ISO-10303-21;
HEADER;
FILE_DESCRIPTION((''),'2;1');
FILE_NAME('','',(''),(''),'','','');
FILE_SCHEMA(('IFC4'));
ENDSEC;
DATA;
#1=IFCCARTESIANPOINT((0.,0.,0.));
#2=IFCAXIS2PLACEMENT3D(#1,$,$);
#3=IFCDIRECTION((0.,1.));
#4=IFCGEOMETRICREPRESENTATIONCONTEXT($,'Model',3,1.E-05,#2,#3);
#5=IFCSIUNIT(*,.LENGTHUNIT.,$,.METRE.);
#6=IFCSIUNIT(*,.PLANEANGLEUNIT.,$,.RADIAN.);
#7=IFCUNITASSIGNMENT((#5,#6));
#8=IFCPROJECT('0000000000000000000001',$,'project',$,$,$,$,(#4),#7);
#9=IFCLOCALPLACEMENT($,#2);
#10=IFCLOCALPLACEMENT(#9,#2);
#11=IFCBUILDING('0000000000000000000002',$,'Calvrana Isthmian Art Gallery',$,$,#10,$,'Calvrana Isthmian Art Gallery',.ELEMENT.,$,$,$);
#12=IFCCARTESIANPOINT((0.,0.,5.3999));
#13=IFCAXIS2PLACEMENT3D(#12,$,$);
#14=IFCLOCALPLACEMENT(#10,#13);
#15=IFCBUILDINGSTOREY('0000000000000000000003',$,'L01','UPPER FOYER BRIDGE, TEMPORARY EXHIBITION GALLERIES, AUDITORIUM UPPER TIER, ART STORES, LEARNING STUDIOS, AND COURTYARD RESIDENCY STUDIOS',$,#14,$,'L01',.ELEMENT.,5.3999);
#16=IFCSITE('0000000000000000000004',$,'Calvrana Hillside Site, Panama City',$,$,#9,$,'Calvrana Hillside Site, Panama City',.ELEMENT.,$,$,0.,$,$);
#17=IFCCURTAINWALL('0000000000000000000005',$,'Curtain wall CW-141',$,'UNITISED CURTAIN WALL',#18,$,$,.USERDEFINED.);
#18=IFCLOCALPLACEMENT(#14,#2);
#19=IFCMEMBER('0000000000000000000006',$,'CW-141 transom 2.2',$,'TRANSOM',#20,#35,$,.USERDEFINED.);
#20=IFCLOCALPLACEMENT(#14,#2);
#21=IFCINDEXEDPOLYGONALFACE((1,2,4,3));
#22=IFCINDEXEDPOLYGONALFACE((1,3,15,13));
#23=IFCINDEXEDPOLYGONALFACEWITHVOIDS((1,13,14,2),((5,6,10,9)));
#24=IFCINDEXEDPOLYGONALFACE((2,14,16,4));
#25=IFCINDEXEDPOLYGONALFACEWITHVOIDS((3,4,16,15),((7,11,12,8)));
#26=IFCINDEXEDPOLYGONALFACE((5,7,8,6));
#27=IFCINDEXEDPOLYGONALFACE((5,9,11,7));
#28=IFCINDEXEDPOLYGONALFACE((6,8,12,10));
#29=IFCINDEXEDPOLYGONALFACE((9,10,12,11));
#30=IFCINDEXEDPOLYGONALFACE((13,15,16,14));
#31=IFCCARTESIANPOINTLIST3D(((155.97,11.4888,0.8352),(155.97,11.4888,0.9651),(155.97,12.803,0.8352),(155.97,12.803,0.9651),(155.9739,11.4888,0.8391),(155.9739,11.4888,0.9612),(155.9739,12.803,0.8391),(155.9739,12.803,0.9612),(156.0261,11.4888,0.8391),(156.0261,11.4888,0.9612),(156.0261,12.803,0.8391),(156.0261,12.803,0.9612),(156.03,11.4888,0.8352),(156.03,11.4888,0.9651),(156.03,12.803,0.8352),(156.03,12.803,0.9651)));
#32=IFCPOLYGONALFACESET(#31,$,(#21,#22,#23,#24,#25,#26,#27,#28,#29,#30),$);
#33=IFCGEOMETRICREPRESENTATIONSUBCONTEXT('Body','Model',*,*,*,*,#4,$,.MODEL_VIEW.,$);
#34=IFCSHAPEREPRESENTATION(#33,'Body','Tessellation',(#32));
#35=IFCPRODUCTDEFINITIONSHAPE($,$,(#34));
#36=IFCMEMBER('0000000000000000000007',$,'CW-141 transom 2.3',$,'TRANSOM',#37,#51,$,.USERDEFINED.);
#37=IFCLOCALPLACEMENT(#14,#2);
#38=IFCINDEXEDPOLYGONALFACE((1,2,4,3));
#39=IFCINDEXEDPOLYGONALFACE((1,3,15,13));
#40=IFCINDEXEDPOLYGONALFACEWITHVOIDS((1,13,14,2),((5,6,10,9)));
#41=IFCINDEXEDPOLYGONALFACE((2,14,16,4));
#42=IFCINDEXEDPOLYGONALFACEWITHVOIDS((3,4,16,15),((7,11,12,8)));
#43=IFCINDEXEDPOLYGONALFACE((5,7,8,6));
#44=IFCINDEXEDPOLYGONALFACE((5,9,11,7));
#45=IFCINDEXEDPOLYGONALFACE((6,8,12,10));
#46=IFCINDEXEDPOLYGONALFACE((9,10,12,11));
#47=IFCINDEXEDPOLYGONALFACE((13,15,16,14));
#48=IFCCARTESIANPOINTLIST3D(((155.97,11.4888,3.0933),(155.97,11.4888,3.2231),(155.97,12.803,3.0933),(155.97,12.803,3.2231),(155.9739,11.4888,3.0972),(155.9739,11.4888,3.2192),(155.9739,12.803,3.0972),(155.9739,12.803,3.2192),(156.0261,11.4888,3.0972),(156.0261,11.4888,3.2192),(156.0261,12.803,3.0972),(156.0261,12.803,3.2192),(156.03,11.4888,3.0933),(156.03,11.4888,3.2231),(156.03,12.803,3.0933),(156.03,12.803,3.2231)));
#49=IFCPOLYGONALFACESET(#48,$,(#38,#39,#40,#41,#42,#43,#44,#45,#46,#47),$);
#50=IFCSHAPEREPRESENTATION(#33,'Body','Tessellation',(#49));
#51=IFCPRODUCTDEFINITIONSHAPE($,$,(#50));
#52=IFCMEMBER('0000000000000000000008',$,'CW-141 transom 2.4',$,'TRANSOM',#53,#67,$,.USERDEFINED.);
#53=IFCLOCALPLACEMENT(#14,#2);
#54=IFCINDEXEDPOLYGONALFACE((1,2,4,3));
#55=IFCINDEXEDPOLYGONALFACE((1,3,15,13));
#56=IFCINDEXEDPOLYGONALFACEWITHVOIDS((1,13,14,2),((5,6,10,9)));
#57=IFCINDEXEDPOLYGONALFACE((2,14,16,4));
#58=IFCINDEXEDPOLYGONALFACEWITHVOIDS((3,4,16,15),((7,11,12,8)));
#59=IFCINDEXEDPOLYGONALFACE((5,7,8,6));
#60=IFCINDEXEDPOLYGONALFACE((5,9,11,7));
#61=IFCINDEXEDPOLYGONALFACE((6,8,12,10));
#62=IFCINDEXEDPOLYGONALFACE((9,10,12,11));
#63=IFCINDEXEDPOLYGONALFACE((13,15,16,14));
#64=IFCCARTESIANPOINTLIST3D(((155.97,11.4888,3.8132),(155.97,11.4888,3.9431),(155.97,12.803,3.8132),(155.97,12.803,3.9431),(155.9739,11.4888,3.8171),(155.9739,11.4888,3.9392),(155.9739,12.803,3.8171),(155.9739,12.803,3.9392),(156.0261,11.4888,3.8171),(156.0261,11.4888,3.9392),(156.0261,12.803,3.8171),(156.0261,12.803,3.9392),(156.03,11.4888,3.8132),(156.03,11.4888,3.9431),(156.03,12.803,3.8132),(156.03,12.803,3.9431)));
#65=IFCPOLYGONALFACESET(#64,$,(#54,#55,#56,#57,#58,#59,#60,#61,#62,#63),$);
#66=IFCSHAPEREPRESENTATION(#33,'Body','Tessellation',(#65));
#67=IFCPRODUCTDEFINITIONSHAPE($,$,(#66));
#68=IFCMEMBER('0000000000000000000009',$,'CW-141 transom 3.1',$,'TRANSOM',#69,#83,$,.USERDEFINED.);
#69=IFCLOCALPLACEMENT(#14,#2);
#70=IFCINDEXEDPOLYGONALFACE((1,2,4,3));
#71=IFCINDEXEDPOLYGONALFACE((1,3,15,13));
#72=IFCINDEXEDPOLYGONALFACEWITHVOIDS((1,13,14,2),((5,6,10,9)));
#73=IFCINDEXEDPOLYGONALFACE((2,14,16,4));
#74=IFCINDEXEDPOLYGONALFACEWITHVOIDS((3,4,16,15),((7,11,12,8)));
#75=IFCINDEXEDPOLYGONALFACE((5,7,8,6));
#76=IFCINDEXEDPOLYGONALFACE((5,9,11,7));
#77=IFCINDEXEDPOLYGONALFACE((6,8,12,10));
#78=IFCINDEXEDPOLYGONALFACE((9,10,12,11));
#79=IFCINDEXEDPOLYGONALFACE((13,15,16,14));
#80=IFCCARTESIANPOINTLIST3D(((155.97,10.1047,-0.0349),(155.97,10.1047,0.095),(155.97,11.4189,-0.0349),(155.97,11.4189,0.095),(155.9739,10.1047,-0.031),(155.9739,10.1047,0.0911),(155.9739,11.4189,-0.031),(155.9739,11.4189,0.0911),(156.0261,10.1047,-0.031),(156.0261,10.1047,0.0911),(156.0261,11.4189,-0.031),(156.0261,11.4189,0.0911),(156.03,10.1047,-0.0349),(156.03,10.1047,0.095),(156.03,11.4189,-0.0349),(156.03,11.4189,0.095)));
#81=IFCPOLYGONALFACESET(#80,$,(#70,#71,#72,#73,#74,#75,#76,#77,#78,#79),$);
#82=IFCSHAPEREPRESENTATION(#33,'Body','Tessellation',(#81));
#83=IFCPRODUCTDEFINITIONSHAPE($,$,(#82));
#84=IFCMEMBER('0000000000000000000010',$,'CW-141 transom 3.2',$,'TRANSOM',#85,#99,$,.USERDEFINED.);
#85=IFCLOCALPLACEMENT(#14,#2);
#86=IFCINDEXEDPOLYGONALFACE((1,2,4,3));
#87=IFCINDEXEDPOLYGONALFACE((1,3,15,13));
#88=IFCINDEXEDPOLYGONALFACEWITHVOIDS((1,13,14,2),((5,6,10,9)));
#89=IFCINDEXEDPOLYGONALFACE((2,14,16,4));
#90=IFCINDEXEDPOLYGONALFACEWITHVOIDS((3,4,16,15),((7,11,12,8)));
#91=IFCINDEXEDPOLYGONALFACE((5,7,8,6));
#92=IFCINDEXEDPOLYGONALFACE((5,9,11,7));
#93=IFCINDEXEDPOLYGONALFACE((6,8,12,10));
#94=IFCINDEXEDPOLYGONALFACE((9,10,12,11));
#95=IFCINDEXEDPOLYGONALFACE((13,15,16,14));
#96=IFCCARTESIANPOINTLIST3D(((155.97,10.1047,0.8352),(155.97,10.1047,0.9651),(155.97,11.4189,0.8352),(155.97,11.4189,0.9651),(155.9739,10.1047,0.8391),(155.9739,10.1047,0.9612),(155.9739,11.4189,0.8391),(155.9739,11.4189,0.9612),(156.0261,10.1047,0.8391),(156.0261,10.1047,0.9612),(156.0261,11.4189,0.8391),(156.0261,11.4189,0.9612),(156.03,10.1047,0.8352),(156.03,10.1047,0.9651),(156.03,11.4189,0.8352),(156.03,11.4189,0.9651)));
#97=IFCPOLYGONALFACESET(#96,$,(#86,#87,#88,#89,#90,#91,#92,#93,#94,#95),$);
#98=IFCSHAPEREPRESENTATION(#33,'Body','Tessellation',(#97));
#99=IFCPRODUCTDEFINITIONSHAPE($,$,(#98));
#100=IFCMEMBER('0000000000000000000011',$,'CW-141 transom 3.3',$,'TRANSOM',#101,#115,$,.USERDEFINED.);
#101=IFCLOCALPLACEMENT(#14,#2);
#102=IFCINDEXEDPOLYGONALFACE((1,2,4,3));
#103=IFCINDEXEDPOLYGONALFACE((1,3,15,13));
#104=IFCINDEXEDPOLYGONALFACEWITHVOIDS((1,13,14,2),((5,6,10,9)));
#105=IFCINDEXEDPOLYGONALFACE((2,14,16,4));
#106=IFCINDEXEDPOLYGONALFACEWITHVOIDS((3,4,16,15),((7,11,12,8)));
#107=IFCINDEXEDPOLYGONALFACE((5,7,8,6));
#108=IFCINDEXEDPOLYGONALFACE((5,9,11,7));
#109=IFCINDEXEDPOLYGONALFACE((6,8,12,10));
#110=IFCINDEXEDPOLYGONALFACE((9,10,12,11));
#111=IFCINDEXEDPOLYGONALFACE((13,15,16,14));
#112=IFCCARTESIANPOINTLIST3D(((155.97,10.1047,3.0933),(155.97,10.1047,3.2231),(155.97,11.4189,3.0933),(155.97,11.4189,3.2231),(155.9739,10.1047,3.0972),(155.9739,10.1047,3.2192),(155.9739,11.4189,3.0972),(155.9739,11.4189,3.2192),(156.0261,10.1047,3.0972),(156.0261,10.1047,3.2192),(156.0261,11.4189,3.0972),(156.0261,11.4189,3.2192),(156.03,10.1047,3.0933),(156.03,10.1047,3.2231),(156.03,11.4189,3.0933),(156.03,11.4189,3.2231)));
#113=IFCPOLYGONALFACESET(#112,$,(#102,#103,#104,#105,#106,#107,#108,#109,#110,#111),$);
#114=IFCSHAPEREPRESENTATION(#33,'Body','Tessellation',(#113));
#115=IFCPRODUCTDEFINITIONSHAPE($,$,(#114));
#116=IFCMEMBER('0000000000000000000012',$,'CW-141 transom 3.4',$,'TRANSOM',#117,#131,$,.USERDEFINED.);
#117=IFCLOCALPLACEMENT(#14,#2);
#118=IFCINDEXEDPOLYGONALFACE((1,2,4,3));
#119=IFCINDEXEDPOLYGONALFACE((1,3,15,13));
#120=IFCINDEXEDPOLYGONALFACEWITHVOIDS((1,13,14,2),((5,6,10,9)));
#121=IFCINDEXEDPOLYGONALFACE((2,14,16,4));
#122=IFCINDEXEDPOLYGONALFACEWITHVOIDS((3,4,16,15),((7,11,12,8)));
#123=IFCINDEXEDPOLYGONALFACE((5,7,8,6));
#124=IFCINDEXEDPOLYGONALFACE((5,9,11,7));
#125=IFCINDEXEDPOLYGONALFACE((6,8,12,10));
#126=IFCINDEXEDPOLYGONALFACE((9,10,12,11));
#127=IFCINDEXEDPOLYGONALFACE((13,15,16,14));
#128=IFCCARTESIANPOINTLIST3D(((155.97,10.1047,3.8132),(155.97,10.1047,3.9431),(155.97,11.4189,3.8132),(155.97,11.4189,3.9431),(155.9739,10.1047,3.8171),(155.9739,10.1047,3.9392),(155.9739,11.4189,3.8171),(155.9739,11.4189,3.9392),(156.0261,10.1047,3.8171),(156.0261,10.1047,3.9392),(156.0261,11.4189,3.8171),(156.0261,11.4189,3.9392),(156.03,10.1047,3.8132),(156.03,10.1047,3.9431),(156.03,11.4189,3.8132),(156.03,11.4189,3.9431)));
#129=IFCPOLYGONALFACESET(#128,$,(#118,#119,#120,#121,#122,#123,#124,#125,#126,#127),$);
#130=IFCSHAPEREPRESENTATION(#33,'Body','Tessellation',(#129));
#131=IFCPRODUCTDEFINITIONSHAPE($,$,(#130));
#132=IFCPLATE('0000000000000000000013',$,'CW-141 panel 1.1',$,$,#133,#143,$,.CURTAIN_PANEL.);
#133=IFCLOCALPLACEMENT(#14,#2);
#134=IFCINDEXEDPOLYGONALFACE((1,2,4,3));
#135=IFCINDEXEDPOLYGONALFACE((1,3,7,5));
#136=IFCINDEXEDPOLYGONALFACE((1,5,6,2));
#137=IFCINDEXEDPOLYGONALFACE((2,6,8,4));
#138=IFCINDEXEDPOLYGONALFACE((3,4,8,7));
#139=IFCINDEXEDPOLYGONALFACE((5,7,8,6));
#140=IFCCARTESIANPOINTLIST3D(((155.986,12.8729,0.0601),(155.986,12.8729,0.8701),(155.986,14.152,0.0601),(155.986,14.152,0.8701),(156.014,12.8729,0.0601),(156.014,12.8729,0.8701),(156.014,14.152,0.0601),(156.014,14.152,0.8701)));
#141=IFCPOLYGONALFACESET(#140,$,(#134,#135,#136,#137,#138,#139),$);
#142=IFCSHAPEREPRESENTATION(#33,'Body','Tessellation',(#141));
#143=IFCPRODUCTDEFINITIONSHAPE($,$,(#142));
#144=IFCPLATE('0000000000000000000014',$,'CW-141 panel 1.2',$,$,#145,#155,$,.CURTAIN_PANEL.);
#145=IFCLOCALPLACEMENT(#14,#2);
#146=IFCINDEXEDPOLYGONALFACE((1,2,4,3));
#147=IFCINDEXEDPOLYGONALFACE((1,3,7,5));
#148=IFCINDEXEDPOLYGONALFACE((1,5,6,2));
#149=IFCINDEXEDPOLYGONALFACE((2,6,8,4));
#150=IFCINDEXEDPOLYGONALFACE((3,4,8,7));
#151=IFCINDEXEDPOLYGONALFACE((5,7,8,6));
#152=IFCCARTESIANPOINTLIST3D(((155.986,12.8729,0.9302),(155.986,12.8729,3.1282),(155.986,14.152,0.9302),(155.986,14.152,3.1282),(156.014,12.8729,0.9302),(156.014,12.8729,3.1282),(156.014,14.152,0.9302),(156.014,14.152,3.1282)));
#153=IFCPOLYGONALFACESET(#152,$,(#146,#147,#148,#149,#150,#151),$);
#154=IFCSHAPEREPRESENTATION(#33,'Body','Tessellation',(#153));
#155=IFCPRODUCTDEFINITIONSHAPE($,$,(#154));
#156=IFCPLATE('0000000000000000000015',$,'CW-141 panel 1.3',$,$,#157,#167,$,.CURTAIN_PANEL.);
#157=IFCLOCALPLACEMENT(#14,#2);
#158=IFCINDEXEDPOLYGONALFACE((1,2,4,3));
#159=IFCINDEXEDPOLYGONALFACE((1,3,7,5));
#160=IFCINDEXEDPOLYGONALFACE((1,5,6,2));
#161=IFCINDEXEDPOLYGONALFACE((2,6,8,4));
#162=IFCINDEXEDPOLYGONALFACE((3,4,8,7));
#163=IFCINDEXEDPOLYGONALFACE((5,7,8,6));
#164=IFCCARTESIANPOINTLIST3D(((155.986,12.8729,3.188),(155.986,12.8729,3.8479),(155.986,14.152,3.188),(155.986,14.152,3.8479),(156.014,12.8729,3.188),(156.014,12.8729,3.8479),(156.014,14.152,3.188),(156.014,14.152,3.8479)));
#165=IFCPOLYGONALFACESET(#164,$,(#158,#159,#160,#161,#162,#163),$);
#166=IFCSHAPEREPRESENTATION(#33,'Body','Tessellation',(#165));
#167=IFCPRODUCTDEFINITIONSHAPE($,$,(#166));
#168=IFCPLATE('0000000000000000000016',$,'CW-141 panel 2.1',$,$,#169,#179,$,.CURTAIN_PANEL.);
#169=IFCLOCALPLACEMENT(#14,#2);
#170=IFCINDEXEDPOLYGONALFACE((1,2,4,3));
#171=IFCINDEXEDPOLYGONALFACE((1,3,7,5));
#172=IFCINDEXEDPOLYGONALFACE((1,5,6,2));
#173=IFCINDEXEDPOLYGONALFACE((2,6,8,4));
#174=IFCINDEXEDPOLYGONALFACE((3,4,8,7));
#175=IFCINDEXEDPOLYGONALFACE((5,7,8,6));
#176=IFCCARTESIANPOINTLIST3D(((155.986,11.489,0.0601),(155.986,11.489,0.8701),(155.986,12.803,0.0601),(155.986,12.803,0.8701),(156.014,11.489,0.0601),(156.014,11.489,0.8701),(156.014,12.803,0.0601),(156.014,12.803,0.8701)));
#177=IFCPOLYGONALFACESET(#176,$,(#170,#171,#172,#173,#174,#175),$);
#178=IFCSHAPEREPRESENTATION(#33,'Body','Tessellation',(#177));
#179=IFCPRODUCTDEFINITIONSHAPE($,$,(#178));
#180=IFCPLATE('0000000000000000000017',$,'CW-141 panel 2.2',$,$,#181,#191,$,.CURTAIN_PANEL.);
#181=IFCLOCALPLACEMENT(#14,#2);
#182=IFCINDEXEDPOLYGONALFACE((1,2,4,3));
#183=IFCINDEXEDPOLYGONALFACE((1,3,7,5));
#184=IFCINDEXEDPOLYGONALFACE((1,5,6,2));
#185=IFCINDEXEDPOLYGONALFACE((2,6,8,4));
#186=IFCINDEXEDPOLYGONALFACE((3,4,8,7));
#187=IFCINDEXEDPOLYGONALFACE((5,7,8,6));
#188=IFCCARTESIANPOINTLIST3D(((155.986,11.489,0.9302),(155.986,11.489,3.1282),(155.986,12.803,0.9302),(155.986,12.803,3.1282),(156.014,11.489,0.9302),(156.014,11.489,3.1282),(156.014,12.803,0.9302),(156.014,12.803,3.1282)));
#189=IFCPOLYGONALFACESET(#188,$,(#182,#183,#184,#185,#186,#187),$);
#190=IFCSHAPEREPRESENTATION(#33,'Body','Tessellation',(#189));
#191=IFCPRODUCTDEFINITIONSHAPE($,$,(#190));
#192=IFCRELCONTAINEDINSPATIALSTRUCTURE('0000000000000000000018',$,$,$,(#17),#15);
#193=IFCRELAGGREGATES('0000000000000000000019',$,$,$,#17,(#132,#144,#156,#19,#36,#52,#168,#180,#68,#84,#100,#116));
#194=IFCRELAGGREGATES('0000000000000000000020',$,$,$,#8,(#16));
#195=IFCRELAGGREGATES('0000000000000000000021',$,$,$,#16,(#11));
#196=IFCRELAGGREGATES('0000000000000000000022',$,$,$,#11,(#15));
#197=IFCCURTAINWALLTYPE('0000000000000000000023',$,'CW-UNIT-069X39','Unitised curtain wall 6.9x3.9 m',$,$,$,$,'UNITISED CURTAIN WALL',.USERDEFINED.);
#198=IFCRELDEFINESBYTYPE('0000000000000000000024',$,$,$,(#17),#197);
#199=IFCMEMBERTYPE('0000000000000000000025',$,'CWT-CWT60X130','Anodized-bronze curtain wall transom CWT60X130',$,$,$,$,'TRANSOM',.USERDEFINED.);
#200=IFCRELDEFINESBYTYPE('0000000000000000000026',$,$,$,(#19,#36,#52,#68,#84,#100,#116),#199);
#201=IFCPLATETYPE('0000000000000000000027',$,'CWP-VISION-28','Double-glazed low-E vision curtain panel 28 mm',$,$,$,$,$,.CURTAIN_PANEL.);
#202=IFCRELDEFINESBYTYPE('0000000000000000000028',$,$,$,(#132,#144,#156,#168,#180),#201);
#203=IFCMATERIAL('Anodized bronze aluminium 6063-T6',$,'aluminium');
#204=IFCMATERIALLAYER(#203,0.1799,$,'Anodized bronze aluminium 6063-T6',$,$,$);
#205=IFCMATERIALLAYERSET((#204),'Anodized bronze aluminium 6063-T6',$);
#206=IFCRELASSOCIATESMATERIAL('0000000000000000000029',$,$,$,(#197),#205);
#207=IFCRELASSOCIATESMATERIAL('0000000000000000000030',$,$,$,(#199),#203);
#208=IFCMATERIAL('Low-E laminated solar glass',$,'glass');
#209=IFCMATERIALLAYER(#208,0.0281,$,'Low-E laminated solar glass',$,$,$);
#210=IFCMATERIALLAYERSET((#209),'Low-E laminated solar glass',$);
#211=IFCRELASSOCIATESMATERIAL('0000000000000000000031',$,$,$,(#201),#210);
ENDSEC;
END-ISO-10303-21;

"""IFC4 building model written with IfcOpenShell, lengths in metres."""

from ifc_helpers import new_model, si_unit, direction, frame, origin, origin_2d, place, context, subcontext, project, spatial, rectangle, hollow_rectangle, extrude, material, layer, layer_set, material_profile, profile_set, type_object, element, aggregate, save


model = new_model("IFC4")

# Units and contexts
model_context = context("Model", 3, precision=1e-05, world=origin(), true_north=direction((0.0, 1.0)))
body_context = subcontext(model_context, "Body", "Model", "MODEL_VIEW")
ifc_project = project(units=[si_unit("LENGTHUNIT", "METRE"), si_unit("PLANEANGLEUNIT", "RADIAN")], contexts=[model_context])

# Site, building, storey
site_placement = place(None, origin())
site = spatial("IfcSite", under=ifc_project, at=site_placement, Name="Calvrana Hillside Site, Panama City", LongName="Calvrana Hillside Site, Panama City", CompositionType="ELEMENT", RefElevation=0.0)
building_placement = place(site_placement, origin())
building = spatial("IfcBuilding", under=site, at=building_placement, Name="Calvrana Isthmian Art Gallery", LongName="Calvrana Isthmian Art Gallery", CompositionType="ELEMENT")
storey_placement = place(building_placement, frame((0.0, 0.0, 5.3999)))
storey = spatial("IfcBuildingStorey", under=building, at=storey_placement, Name="L01", Description="UPPER FOYER BRIDGE, TEMPORARY EXHIBITION GALLERIES, AUDITORIUM UPPER TIER, ART STORES, LEARNING STUDIOS, AND COURTYARD RESIDENCY STUDIOS", LongName="L01", CompositionType="ELEMENT", Elevation=5.3999)

# Curtain wall, members, plates
ifc_material_1 = material(Name="Anodized bronze aluminium 6063-T6", Category="aluminium")
ifc_layer_1 = layer(ifc_material_1, 0.1799, Name="Anodized bronze aluminium 6063-T6")
ifc_layer_set_1 = layer_set([ifc_layer_1], Name="Anodized bronze aluminium 6063-T6")
curtain_wall_type = type_object("IfcCurtainWallType", Name="CW-UNIT-069X39", Description="Unitised curtain wall 6.9x3.9 m", ElementType="UNITISED CURTAIN WALL", PredefinedType="USERDEFINED", material=ifc_layer_set_1)
curtain_wall_placement = place(storey_placement, origin())
curtain_wall = element("IfcCurtainWall", 1, at=curtain_wall_placement, inside=storey, type_object=curtain_wall_type, Name="Curtain wall CW-141", ObjectType="UNITISED CURTAIN WALL", PredefinedType="USERDEFINED")
ifc_material_profile_1 = material_profile(ifc_material_1, hollow_rectangle(XDim=0.0601, YDim=0.1299, WallThickness=0.0039, at=origin_2d()), Name="CWT60X130")
ifc_profile_set_1 = profile_set([ifc_material_profile_1], Name="Anodized bronze aluminium 6063-T6")
member_type_1 = type_object("IfcMemberType", Name="CWT-CWT60X130", Description="Anodized-bronze curtain wall transom CWT60X130", ElementType="TRANSOM", PredefinedType="USERDEFINED", material=ifc_profile_set_1)
member_1_placement = place(storey_placement, frame((156.0, 12.803, 0.9001), z_axis=(0.0, -1.0, 0.0), x_axis=(1.0, 0.0, 0.0)))
member_1 = element("IfcMember", 2, at=member_1_placement, type_object=member_type_1, Name="CW-141 transom 2.2", ObjectType="TRANSOM", PredefinedType="USERDEFINED", context=body_context, shape_type="SweptSolid", body=[
    extrude(hollow_rectangle(XDim=0.0601, YDim=0.1299, WallThickness=0.0039, at=origin_2d()), origin(), (0.0, 0.0, 1.0), 1.3142),
])
member_2_placement = place(storey_placement, frame((156.0, 12.803, 3.1582), z_axis=(0.0, -1.0, 0.0), x_axis=(1.0, 0.0, 0.0)))
member_2 = element("IfcMember", 3, at=member_2_placement, type_object=member_type_1, Name="CW-141 transom 2.3", ObjectType="TRANSOM", PredefinedType="USERDEFINED", context=body_context, shape_type="SweptSolid", body=[
    extrude(hollow_rectangle(XDim=0.0601, YDim=0.1299, WallThickness=0.0039, at=origin_2d()), origin(), (0.0, 0.0, 1.0), 1.3142),
])
member_3_placement = place(storey_placement, frame((156.0, 12.803, 3.8782), z_axis=(0.0, -1.0, 0.0), x_axis=(1.0, 0.0, 0.0)))
member_3 = element("IfcMember", 4, at=member_3_placement, type_object=member_type_1, Name="CW-141 transom 2.4", ObjectType="TRANSOM", PredefinedType="USERDEFINED", context=body_context, shape_type="SweptSolid", body=[
    extrude(hollow_rectangle(XDim=0.0601, YDim=0.1299, WallThickness=0.0039, at=origin_2d()), origin(), (0.0, 0.0, 1.0), 1.3142),
])
member_4_placement = place(storey_placement, frame((156.0, 11.4189, 0.03), z_axis=(0.0, -1.0, 0.0), x_axis=(1.0, 0.0, 0.0)))
member_4 = element("IfcMember", 5, at=member_4_placement, type_object=member_type_1, Name="CW-141 transom 3.1", ObjectType="TRANSOM", PredefinedType="USERDEFINED", context=body_context, shape_type="SweptSolid", body=[
    extrude(hollow_rectangle(XDim=0.0601, YDim=0.1299, WallThickness=0.0039, at=origin_2d()), origin(), (0.0, 0.0, 1.0), 1.3142),
])
member_5_placement = place(storey_placement, frame((156.0, 11.4189, 0.9001), z_axis=(0.0, -1.0, 0.0), x_axis=(1.0, 0.0, 0.0)))
member_5 = element("IfcMember", 6, at=member_5_placement, type_object=member_type_1, Name="CW-141 transom 3.2", ObjectType="TRANSOM", PredefinedType="USERDEFINED", context=body_context, shape_type="SweptSolid", body=[
    extrude(hollow_rectangle(XDim=0.0601, YDim=0.1299, WallThickness=0.0039, at=origin_2d()), origin(), (0.0, 0.0, 1.0), 1.3142),
])
member_6_placement = place(storey_placement, frame((156.0, 11.4189, 3.1582), z_axis=(0.0, -1.0, 0.0), x_axis=(1.0, 0.0, 0.0)))
member_6 = element("IfcMember", 7, at=member_6_placement, type_object=member_type_1, Name="CW-141 transom 3.3", ObjectType="TRANSOM", PredefinedType="USERDEFINED", context=body_context, shape_type="SweptSolid", body=[
    extrude(hollow_rectangle(XDim=0.0601, YDim=0.1299, WallThickness=0.0039, at=origin_2d()), origin(), (0.0, 0.0, 1.0), 1.3142),
])
member_7_placement = place(storey_placement, frame((156.0, 11.4189, 3.8782), z_axis=(0.0, -1.0, 0.0), x_axis=(1.0, 0.0, 0.0)))
member_7 = element("IfcMember", 8, at=member_7_placement, type_object=member_type_1, Name="CW-141 transom 3.4", ObjectType="TRANSOM", PredefinedType="USERDEFINED", context=body_context, shape_type="SweptSolid", body=[
    extrude(hollow_rectangle(XDim=0.0601, YDim=0.1299, WallThickness=0.0039, at=origin_2d()), origin(), (0.0, 0.0, 1.0), 1.3142),
])
ifc_material_2 = material(Name="Low-E laminated solar glass", Category="glass")
ifc_layer_2 = layer(ifc_material_2, 0.0281, Name="Low-E laminated solar glass")
ifc_layer_set_2 = layer_set([ifc_layer_2], Name="Low-E laminated solar glass")
plate_type = type_object("IfcPlateType", Name="CWP-VISION-28", Description="Double-glazed low-E vision curtain panel 28 mm", PredefinedType="CURTAIN_PANEL", material=ifc_layer_set_2)
plate_1_placement = place(storey_placement, frame((156.0, 13.5125, 0.0601), z_axis=(0.0, 0.0, 1.0), x_axis=(0.0, -1.0, 0.0)))
plate_1 = element("IfcPlate", 9, at=plate_1_placement, type_object=plate_type, Name="CW-141 panel 1.1", PredefinedType="CURTAIN_PANEL", context=body_context, shape_type="SweptSolid", body=[
    extrude(rectangle(XDim=1.2791, YDim=0.0281, at=origin_2d()), origin(), (0.0, 0.0, 1.0), 0.8101),
])
plate_2_placement = place(storey_placement, frame((156.0, 13.5125, 0.9302), z_axis=(0.0, 0.0, 1.0), x_axis=(0.0, -1.0, 0.0)))
plate_2 = element("IfcPlate", 10, at=plate_2_placement, type_object=plate_type, Name="CW-141 panel 1.2", PredefinedType="CURTAIN_PANEL", context=body_context, shape_type="SweptSolid", body=[
    extrude(rectangle(XDim=1.2791, YDim=0.0281, at=origin_2d()), origin(), (0.0, 0.0, 1.0), 2.198),
])
plate_3_placement = place(storey_placement, frame((156.0, 13.5125, 3.188), z_axis=(0.0, 0.0, 1.0), x_axis=(0.0, -1.0, 0.0)))
plate_3 = element("IfcPlate", 11, at=plate_3_placement, type_object=plate_type, Name="CW-141 panel 1.3", PredefinedType="CURTAIN_PANEL", context=body_context, shape_type="SweptSolid", body=[
    extrude(rectangle(XDim=1.2791, YDim=0.0281, at=origin_2d()), origin(), (0.0, 0.0, 1.0), 0.6599),
])
plate_4_placement = place(storey_placement, frame((156.0, 12.146, 0.0601), z_axis=(0.0, 0.0, 1.0), x_axis=(0.0, -1.0, 0.0)))
plate_4 = element("IfcPlate", 12, at=plate_4_placement, type_object=plate_type, Name="CW-141 panel 2.1", PredefinedType="CURTAIN_PANEL", context=body_context, shape_type="SweptSolid", body=[
    extrude(rectangle(XDim=1.314, YDim=0.0281, at=origin_2d()), origin(), (0.0, 0.0, 1.0), 0.8101),
])
plate_5_placement = place(storey_placement, frame((156.0, 12.146, 0.9302), z_axis=(0.0, 0.0, 1.0), x_axis=(0.0, -1.0, 0.0)))
plate_5 = element("IfcPlate", 13, at=plate_5_placement, type_object=plate_type, Name="CW-141 panel 2.2", PredefinedType="CURTAIN_PANEL", context=body_context, shape_type="SweptSolid", body=[
    extrude(rectangle(XDim=1.314, YDim=0.0281, at=origin_2d()), origin(), (0.0, 0.0, 1.0), 2.198),
])
aggregate(curtain_wall, [plate_1, plate_2, plate_3, member_1, member_2, member_3, plate_4, plate_5, member_4, member_5, member_6, member_7])

save(model, "model.ifc")
